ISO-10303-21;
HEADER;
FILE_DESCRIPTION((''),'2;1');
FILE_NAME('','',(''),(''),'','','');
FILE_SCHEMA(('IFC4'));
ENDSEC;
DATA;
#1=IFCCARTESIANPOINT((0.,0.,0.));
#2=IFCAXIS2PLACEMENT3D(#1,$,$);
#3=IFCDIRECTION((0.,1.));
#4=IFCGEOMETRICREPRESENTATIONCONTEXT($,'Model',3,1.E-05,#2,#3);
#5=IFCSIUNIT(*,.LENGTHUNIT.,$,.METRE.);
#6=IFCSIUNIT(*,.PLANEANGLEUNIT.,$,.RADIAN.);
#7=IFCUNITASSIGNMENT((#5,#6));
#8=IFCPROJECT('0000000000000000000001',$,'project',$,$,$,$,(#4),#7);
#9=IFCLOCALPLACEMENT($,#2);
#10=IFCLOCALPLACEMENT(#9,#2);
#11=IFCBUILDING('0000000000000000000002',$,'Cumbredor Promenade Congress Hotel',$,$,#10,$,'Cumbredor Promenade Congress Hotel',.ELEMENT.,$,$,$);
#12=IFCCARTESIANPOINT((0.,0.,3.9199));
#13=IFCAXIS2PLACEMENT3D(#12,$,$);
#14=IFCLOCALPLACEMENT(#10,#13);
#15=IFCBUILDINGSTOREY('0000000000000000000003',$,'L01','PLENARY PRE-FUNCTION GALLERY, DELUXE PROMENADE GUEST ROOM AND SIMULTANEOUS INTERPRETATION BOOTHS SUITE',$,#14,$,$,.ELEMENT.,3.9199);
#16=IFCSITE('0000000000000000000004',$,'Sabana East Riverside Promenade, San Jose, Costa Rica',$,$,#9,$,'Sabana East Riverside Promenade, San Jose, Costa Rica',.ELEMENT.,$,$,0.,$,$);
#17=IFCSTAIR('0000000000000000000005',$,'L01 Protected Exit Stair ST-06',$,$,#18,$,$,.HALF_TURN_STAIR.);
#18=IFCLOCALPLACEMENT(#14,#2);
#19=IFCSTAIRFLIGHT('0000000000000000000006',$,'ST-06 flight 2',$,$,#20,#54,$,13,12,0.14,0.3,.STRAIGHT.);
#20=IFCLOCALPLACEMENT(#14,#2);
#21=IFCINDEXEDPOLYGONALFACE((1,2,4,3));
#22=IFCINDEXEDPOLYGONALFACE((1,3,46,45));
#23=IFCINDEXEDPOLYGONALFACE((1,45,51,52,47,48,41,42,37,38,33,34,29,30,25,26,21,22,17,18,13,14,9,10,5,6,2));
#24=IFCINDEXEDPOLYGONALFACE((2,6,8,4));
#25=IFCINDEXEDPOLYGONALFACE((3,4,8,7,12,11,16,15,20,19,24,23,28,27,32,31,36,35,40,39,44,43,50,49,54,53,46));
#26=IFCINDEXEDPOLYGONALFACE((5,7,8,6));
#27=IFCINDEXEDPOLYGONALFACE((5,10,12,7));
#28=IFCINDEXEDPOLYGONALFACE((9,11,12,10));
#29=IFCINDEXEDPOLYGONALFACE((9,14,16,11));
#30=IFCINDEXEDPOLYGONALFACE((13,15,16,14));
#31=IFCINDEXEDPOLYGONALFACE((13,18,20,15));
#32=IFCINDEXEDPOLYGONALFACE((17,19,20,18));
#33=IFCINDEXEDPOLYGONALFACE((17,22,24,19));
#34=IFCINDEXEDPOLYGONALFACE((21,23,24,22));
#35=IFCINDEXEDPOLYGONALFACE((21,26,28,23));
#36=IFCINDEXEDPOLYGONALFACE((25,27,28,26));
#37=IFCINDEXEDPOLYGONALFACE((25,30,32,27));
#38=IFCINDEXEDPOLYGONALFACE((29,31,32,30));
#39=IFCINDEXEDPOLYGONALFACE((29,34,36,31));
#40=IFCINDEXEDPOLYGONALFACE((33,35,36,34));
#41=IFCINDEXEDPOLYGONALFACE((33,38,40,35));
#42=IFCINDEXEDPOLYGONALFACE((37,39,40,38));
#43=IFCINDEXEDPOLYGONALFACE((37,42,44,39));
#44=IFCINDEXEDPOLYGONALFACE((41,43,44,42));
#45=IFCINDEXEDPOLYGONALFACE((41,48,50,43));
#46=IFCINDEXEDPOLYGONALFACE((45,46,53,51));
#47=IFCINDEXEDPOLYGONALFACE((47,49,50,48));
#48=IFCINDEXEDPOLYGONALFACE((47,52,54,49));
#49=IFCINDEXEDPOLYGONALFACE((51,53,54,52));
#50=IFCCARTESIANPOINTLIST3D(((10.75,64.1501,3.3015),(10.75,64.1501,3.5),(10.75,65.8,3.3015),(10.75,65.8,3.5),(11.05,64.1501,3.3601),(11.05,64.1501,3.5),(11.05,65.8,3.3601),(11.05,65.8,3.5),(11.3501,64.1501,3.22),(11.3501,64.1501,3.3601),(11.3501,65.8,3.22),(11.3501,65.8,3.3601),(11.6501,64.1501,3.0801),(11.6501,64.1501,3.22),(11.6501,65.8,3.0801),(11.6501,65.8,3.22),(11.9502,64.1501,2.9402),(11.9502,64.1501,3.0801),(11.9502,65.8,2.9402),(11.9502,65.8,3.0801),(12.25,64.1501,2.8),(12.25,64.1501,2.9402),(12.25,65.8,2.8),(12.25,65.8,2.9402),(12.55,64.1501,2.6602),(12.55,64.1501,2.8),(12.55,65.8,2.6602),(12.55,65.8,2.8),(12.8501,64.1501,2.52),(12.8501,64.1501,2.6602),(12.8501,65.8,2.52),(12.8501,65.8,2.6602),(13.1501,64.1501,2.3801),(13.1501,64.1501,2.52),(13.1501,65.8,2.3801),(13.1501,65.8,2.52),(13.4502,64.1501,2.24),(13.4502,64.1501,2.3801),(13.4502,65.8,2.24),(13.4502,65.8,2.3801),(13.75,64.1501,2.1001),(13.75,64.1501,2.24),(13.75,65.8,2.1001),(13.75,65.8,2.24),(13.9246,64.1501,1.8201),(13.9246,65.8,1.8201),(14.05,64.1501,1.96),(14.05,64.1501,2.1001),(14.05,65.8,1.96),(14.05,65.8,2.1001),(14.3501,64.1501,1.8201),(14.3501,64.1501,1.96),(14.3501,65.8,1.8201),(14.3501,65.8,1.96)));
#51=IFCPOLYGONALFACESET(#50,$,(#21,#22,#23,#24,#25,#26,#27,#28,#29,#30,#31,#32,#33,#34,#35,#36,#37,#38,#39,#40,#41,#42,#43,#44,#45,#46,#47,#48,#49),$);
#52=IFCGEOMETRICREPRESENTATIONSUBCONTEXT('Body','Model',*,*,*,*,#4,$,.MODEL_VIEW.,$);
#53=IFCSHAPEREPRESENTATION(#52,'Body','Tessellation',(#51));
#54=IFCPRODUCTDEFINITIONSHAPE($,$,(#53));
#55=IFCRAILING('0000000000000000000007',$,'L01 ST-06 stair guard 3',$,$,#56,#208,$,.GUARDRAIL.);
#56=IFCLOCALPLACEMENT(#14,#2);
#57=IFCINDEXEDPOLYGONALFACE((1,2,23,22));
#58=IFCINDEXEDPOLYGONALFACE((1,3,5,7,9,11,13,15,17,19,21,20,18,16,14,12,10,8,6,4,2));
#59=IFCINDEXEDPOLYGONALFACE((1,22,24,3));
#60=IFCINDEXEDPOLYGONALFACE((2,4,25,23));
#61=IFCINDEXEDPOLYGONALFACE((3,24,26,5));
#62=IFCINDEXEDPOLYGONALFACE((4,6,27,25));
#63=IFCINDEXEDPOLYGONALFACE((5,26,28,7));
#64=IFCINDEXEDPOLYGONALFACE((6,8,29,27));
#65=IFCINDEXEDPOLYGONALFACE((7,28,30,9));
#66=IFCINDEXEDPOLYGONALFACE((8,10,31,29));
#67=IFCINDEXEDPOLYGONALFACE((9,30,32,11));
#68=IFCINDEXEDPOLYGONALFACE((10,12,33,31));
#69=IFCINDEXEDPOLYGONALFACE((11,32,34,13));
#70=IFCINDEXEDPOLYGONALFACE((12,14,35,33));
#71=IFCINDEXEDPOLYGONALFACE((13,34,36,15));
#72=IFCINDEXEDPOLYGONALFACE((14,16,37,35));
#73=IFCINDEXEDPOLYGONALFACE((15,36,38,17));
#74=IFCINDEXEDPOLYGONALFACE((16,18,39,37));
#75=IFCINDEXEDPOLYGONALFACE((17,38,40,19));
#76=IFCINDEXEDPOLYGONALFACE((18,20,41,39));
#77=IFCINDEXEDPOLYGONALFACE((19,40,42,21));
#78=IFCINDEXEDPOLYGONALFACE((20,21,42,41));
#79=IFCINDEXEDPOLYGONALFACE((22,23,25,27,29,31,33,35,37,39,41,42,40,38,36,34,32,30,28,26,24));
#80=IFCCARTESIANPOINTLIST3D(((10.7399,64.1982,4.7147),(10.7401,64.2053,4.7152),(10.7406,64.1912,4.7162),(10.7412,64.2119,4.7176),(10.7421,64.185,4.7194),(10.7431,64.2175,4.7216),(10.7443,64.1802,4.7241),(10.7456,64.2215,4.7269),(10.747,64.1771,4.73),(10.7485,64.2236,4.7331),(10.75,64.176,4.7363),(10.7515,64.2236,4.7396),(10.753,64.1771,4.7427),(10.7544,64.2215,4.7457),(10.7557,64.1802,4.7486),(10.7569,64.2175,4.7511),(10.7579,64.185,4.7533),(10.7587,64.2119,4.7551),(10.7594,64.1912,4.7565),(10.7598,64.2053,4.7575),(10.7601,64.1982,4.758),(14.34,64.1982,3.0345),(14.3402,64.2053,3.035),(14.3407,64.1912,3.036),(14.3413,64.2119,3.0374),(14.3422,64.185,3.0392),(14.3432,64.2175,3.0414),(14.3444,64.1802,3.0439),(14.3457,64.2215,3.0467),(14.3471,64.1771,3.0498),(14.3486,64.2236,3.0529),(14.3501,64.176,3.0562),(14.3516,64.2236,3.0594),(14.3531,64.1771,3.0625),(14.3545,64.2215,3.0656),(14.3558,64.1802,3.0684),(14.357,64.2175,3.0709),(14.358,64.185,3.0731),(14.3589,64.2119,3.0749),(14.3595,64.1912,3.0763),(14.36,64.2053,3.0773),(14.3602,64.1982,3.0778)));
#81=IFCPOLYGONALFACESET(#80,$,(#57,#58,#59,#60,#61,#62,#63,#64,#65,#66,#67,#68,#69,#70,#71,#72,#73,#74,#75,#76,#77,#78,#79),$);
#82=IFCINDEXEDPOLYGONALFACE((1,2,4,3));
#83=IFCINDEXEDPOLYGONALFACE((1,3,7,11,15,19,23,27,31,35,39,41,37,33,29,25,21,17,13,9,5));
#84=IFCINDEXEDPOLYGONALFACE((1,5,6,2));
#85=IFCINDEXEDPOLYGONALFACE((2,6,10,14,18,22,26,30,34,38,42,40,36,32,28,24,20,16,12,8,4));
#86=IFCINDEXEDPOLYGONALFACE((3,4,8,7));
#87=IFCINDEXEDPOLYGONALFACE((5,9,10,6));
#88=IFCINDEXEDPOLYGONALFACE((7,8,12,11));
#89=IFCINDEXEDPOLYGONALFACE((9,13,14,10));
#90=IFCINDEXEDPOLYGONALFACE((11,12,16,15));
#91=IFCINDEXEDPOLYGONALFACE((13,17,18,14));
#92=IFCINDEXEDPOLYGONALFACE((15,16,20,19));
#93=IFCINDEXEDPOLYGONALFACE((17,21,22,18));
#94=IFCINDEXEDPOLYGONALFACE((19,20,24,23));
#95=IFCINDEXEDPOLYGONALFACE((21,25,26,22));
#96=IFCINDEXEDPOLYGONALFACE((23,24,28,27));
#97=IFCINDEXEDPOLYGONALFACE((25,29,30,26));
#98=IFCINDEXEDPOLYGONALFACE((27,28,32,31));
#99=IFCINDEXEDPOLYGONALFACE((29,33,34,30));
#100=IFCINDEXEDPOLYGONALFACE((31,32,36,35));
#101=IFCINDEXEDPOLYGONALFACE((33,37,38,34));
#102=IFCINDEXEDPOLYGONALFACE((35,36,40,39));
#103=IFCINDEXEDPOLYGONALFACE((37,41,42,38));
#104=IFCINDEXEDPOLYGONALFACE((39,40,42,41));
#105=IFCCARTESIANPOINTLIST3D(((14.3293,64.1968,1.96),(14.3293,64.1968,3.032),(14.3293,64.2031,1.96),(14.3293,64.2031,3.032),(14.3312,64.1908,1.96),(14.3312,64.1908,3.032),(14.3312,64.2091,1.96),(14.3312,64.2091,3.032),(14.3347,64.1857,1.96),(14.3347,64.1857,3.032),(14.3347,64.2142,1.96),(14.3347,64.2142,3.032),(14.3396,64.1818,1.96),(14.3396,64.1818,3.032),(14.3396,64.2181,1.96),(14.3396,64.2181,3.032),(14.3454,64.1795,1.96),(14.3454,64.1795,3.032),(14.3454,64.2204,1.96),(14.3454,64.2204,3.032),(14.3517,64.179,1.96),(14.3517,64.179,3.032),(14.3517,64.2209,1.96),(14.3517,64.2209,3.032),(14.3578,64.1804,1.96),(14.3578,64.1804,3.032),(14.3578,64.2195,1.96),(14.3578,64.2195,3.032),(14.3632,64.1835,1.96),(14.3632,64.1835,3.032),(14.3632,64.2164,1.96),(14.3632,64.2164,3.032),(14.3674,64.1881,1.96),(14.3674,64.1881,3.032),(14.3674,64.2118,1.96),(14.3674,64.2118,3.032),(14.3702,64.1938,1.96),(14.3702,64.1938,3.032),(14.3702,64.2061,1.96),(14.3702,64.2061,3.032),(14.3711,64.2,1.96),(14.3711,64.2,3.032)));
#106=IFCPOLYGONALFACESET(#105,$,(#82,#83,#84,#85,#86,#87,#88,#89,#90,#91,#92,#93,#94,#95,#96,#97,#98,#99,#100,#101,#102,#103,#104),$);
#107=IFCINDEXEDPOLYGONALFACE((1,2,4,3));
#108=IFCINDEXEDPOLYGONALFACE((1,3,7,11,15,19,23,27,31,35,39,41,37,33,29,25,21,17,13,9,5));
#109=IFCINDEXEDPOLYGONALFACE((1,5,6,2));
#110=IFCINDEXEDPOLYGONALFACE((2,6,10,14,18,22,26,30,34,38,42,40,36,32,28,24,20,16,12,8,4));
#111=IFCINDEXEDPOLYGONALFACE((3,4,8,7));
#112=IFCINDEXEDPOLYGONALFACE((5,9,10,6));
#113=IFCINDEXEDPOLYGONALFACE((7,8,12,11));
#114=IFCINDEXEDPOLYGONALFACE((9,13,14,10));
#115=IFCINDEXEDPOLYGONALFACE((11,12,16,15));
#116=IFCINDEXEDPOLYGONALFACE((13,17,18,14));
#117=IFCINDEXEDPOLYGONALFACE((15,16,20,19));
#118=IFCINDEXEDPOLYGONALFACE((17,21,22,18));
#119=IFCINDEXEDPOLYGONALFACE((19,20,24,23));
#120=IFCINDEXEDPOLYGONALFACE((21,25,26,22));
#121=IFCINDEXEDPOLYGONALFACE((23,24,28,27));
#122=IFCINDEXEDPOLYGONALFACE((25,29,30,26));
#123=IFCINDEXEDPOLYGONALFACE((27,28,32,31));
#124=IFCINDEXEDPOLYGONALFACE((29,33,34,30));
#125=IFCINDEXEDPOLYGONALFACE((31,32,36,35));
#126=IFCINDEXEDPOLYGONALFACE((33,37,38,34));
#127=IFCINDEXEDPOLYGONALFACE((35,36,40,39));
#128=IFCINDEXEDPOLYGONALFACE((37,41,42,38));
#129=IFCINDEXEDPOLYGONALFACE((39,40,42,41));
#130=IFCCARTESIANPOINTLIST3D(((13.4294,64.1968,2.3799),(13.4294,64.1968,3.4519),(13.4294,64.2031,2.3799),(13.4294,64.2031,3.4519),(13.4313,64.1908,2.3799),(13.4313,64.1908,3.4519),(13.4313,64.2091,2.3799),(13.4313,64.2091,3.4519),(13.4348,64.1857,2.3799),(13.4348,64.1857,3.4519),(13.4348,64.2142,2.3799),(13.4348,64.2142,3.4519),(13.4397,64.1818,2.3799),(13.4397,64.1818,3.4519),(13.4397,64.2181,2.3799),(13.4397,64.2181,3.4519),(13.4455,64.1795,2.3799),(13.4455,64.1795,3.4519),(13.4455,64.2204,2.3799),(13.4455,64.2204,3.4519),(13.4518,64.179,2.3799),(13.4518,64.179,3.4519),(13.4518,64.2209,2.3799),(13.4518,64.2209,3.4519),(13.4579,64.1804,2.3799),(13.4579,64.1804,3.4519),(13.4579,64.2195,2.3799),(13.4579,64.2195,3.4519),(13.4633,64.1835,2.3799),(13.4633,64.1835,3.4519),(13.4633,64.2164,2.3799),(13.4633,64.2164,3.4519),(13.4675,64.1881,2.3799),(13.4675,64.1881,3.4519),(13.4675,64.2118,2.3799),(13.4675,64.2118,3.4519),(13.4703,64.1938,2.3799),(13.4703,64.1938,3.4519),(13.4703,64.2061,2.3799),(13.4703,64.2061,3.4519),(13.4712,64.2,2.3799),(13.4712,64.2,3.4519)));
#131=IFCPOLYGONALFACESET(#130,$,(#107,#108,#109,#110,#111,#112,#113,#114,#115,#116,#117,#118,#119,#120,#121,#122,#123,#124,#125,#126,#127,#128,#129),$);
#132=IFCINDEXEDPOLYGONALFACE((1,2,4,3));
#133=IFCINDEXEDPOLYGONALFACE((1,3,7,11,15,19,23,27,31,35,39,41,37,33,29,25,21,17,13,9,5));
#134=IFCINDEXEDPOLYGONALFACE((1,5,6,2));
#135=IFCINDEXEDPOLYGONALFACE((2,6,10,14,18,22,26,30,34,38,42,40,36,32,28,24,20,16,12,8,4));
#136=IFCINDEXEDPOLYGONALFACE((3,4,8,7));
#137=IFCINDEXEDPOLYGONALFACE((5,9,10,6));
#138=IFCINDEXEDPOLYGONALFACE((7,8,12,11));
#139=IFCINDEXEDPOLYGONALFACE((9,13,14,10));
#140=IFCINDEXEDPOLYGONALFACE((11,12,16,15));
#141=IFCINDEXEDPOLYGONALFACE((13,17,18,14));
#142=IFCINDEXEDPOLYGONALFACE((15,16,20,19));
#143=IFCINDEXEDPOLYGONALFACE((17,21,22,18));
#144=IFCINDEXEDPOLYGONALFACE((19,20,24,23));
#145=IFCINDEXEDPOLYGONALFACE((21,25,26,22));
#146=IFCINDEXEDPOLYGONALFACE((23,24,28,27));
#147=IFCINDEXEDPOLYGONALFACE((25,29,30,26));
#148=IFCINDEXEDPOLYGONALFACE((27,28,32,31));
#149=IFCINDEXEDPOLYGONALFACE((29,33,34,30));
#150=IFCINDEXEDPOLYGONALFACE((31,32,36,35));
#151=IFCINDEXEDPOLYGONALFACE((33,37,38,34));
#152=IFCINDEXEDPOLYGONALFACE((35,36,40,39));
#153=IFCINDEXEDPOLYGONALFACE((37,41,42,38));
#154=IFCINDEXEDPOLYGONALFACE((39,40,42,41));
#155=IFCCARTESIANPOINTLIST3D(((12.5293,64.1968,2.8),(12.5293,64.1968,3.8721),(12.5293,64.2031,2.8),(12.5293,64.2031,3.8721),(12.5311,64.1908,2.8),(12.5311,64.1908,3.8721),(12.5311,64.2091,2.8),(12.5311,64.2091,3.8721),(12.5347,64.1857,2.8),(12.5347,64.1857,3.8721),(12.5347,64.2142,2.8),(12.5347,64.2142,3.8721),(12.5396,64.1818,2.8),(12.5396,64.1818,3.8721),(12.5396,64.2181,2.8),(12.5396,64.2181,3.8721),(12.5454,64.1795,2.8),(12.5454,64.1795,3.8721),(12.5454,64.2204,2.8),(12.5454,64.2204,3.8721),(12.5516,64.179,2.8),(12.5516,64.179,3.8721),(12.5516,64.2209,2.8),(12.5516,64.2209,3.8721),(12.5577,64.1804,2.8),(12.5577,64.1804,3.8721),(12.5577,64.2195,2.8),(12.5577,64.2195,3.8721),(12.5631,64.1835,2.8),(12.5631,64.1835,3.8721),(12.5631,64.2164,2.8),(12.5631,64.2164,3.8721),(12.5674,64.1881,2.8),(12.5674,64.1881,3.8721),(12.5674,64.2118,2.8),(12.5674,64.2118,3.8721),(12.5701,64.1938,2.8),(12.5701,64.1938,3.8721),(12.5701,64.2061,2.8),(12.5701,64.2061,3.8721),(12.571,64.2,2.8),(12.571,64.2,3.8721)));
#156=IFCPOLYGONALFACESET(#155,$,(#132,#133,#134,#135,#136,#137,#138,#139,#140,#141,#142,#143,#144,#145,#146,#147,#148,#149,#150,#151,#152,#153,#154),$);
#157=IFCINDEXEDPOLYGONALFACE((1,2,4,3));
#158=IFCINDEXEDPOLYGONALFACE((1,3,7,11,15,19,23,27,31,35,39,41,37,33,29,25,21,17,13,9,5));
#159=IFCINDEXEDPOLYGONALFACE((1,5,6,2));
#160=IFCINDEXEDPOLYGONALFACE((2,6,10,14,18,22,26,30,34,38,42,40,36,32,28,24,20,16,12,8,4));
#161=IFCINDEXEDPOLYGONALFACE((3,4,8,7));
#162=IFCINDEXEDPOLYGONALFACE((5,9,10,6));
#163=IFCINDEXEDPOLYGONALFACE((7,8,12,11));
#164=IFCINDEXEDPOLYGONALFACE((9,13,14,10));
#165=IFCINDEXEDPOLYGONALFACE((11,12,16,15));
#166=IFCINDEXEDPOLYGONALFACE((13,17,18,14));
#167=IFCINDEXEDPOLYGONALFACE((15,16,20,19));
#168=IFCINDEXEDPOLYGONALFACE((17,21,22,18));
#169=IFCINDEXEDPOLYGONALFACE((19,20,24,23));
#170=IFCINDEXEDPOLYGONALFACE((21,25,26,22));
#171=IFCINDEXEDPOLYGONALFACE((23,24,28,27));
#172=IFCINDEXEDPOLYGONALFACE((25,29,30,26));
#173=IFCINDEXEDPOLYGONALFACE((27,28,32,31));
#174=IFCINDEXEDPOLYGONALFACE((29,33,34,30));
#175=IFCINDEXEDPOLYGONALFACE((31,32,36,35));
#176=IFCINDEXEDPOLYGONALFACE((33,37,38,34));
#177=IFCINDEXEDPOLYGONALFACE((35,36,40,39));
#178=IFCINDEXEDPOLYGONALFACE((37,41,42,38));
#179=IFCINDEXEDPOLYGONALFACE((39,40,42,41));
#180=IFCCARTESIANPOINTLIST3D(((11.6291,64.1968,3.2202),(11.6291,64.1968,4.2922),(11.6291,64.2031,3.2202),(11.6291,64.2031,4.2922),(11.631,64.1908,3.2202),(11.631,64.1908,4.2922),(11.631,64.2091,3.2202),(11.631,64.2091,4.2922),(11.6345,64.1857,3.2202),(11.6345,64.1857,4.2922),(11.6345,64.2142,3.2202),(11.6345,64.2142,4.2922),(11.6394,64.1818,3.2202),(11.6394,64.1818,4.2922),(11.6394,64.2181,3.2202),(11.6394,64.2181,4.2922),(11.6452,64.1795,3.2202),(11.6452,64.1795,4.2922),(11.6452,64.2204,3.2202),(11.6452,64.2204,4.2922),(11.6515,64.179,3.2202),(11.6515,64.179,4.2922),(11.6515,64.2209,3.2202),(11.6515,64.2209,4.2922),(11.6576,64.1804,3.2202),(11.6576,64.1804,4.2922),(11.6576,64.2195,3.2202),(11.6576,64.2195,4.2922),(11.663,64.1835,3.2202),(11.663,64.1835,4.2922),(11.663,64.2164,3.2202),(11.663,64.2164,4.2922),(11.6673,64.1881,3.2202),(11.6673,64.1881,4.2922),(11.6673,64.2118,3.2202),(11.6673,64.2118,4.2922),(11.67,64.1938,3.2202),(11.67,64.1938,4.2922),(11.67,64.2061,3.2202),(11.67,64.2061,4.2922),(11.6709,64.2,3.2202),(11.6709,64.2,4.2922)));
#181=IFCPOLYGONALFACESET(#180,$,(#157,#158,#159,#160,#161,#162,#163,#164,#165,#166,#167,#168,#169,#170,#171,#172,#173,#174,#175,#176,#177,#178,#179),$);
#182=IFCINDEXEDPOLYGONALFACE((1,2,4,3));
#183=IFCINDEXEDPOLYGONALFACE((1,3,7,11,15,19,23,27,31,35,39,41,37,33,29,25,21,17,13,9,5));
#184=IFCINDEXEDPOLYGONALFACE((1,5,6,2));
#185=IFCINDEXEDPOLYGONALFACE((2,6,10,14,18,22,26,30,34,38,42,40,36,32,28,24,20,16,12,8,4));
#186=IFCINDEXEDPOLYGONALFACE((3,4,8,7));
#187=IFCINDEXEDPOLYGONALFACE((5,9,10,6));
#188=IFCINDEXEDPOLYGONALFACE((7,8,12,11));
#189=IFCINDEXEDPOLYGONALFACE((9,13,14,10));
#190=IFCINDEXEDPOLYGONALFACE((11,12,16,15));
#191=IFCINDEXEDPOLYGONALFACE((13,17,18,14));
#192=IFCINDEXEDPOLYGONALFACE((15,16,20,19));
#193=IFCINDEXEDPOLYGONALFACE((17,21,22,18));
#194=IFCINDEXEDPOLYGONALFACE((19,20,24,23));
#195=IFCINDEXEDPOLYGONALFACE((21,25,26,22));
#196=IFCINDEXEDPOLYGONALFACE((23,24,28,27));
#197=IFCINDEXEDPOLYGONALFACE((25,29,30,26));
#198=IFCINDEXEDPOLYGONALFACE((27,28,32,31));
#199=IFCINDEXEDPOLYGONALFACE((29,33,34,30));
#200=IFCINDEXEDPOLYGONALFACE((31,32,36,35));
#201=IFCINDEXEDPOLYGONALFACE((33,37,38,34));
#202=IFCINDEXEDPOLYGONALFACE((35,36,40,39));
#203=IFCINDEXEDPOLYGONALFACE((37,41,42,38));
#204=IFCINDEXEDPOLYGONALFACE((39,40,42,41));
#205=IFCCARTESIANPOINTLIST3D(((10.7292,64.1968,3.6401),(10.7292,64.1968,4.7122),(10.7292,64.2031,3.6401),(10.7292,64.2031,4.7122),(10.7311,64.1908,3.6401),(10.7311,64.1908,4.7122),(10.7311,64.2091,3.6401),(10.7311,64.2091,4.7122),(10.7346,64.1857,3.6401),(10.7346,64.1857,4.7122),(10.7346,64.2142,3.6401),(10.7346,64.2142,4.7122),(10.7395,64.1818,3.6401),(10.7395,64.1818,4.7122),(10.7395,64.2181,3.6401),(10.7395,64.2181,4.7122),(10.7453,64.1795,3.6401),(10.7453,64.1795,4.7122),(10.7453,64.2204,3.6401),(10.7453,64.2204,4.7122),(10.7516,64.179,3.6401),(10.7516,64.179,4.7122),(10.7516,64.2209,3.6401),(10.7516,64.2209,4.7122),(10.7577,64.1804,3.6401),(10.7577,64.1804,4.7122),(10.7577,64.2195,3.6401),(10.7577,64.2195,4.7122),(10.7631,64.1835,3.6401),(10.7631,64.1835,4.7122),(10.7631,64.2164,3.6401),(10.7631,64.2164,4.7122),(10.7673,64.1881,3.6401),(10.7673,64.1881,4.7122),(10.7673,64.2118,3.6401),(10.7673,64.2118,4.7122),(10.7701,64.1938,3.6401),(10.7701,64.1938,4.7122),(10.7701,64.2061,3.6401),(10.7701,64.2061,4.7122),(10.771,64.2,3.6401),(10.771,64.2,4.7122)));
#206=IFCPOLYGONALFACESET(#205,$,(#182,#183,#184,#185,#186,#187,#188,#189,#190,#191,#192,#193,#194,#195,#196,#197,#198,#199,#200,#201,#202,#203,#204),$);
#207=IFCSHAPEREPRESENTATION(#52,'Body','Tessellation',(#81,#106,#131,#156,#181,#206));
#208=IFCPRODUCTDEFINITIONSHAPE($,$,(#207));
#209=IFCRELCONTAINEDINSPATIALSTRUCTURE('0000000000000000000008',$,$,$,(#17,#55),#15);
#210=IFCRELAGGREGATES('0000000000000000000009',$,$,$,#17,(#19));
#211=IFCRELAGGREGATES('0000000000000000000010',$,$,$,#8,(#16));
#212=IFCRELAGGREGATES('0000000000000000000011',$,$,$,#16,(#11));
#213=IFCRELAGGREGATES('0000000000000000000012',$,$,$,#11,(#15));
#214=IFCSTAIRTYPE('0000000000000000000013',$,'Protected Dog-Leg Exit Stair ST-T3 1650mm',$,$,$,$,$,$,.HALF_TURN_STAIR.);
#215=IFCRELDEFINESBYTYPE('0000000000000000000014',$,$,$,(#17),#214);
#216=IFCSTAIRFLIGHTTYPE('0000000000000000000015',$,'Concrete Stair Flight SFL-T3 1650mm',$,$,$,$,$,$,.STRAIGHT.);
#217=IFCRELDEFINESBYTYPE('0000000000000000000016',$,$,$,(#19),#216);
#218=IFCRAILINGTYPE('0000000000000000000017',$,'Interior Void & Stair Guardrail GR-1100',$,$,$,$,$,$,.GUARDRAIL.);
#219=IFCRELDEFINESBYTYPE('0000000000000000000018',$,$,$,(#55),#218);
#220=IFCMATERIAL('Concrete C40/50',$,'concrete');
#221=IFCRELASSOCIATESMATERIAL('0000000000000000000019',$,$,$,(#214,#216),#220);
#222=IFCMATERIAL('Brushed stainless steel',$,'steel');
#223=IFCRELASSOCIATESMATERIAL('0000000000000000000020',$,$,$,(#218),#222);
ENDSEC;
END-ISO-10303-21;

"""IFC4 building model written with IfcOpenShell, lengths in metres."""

from ifc_helpers import new_model, si_unit, direction, frame, origin, origin_2d, place, context, subcontext, project, spatial, polyline, circle, outline, extrude, material, type_object, element, aggregate, save


model = new_model("IFC4")

# Units and contexts
model_context = context("Model", 3, precision=1e-05, world=origin(), true_north=direction((0.0, 1.0)))
body_context = subcontext(model_context, "Body", "Model", "MODEL_VIEW")
ifc_project = project(units=[si_unit("LENGTHUNIT", "METRE"), si_unit("PLANEANGLEUNIT", "RADIAN")], contexts=[model_context])

# Site, building, storey
site_placement = place(None, origin())
site = spatial("IfcSite", under=ifc_project, at=site_placement, Name="Sabana East Riverside Promenade, San Jose, Costa Rica", LongName="Sabana East Riverside Promenade, San Jose, Costa Rica", CompositionType="ELEMENT", RefElevation=0.0)
building_placement = place(site_placement, origin())
building = spatial("IfcBuilding", under=site, at=building_placement, Name="Cumbredor Promenade Congress Hotel", LongName="Cumbredor Promenade Congress Hotel", CompositionType="ELEMENT")
storey_placement = place(building_placement, frame((0.0, 0.0, 3.9199)))
storey = spatial("IfcBuildingStorey", under=building, at=storey_placement, Name="L01", Description="PLENARY PRE-FUNCTION GALLERY, DELUXE PROMENADE GUEST ROOM AND SIMULTANEOUS INTERPRETATION BOOTHS SUITE", CompositionType="ELEMENT", Elevation=3.9199)

# Shared definitions
ifc_material_1 = material(Name="Concrete C40/50", Category="concrete")

# Stair, stair flight
stair_type = type_object("IfcStairType", Name="Protected Dog-Leg Exit Stair ST-T3 1650mm", PredefinedType="HALF_TURN_STAIR", material=ifc_material_1)
stair_placement = place(storey_placement, origin())
stair = element("IfcStair", 1, at=stair_placement, inside=storey, type_object=stair_type, Name="L01 Protected Exit Stair ST-06", PredefinedType="HALF_TURN_STAIR")
stair_flight_type = type_object("IfcStairFlightType", Name="Concrete Stair Flight SFL-T3 1650mm", PredefinedType="STRAIGHT", material=ifc_material_1)
stair_flight_placement = place(storey_placement, frame((14.3501, 64.9751, 1.8201), z_axis=(0.0, 0.0, 1.0), x_axis=(-1.0, 0.0, 0.0)))
stair_flight = element("IfcStairFlight", 2, at=stair_flight_placement, type_object=stair_flight_type, Name="ST-06 flight 2", NumberOfRisers=13, NumberOfTreads=12, PredefinedType="STRAIGHT", RiserHeight=0.14, TreadLength=0.3, context=body_context, shape_type="SweptSolid", body=[
    extrude(outline(polyline([(0.0, 0.0), (0.0, 0.1399), (0.3, 0.1399), (0.3, 0.28), (0.6001, 0.28), (0.6001, 0.4199), (0.8999, 0.4199), (0.8999, 0.5601), (1.2, 0.5601), (1.2, 0.7), (1.5, 0.7), (1.5, 0.8401), (1.8, 0.8401), (1.8, 0.98), (2.1001, 0.98), (2.1001, 1.1201), (2.3999, 1.1201), (2.3999, 1.26), (2.7, 1.26), (2.7, 1.3999), (3.0, 1.3999), (3.0, 1.54), (3.3, 1.54), (3.3, 1.6799), (3.6001, 1.6799), (3.6001, 1.8201), (3.6001, 1.4814), (0.4255, 0.0), (0.0, 0.0)])), frame((0.0, 0.825, 0.0), z_axis=(0.0, -1.0, 0.0), x_axis=(1.0, 0.0, 0.0)), (0.0, 0.0, 1.0), 1.6499),
])
aggregate(stair, [stair_flight])

# Railing
ifc_material_2 = material(Name="Brushed stainless steel", Category="steel")
railing_type_1 = type_object("IfcRailingType", Name="Interior Void & Stair Guardrail GR-1100", PredefinedType="GUARDRAIL", material=ifc_material_2)
railing_1_placement = place(storey_placement, frame((14.3501, 64.2, 1.96)))
element("IfcRailing", 3, at=railing_1_placement, inside=storey, type_object=railing_type_1, Name="L01 ST-06 stair guard 3", PredefinedType="GUARDRAIL", context=body_context, shape_type="SweptSolid", body=[
    extrude(circle(Radius=0.0239, at=origin_2d()), frame((0.0, 0.0, 1.0962), z_axis=(-0.906171, 0.0, 0.422912), x_axis=(0.0, -1.0, 0.0)), (0.0, 0.0, 1.0), 3.9729),
    extrude(circle(Radius=0.021, at=origin_2d()), origin(), (0.0, 0.0, 1.0), 1.072),
    extrude(circle(Radius=0.021, at=origin_2d()), frame((-0.8999, 0.0, 0.4199)), (0.0, 0.0, 1.0), 1.072),
    extrude(circle(Radius=0.021, at=origin_2d()), frame((-1.8, 0.0, 0.8401)), (0.0, 0.0, 1.0), 1.072),
    extrude(circle(Radius=0.021, at=origin_2d()), frame((-2.7002, 0.0, 1.2603)), (0.0, 0.0, 1.0), 1.072),
    extrude(circle(Radius=0.021, at=origin_2d()), frame((-3.6001, 0.0, 1.6802)), (0.0, 0.0, 1.0), 1.072),
])

save(model, "model.ifc")
